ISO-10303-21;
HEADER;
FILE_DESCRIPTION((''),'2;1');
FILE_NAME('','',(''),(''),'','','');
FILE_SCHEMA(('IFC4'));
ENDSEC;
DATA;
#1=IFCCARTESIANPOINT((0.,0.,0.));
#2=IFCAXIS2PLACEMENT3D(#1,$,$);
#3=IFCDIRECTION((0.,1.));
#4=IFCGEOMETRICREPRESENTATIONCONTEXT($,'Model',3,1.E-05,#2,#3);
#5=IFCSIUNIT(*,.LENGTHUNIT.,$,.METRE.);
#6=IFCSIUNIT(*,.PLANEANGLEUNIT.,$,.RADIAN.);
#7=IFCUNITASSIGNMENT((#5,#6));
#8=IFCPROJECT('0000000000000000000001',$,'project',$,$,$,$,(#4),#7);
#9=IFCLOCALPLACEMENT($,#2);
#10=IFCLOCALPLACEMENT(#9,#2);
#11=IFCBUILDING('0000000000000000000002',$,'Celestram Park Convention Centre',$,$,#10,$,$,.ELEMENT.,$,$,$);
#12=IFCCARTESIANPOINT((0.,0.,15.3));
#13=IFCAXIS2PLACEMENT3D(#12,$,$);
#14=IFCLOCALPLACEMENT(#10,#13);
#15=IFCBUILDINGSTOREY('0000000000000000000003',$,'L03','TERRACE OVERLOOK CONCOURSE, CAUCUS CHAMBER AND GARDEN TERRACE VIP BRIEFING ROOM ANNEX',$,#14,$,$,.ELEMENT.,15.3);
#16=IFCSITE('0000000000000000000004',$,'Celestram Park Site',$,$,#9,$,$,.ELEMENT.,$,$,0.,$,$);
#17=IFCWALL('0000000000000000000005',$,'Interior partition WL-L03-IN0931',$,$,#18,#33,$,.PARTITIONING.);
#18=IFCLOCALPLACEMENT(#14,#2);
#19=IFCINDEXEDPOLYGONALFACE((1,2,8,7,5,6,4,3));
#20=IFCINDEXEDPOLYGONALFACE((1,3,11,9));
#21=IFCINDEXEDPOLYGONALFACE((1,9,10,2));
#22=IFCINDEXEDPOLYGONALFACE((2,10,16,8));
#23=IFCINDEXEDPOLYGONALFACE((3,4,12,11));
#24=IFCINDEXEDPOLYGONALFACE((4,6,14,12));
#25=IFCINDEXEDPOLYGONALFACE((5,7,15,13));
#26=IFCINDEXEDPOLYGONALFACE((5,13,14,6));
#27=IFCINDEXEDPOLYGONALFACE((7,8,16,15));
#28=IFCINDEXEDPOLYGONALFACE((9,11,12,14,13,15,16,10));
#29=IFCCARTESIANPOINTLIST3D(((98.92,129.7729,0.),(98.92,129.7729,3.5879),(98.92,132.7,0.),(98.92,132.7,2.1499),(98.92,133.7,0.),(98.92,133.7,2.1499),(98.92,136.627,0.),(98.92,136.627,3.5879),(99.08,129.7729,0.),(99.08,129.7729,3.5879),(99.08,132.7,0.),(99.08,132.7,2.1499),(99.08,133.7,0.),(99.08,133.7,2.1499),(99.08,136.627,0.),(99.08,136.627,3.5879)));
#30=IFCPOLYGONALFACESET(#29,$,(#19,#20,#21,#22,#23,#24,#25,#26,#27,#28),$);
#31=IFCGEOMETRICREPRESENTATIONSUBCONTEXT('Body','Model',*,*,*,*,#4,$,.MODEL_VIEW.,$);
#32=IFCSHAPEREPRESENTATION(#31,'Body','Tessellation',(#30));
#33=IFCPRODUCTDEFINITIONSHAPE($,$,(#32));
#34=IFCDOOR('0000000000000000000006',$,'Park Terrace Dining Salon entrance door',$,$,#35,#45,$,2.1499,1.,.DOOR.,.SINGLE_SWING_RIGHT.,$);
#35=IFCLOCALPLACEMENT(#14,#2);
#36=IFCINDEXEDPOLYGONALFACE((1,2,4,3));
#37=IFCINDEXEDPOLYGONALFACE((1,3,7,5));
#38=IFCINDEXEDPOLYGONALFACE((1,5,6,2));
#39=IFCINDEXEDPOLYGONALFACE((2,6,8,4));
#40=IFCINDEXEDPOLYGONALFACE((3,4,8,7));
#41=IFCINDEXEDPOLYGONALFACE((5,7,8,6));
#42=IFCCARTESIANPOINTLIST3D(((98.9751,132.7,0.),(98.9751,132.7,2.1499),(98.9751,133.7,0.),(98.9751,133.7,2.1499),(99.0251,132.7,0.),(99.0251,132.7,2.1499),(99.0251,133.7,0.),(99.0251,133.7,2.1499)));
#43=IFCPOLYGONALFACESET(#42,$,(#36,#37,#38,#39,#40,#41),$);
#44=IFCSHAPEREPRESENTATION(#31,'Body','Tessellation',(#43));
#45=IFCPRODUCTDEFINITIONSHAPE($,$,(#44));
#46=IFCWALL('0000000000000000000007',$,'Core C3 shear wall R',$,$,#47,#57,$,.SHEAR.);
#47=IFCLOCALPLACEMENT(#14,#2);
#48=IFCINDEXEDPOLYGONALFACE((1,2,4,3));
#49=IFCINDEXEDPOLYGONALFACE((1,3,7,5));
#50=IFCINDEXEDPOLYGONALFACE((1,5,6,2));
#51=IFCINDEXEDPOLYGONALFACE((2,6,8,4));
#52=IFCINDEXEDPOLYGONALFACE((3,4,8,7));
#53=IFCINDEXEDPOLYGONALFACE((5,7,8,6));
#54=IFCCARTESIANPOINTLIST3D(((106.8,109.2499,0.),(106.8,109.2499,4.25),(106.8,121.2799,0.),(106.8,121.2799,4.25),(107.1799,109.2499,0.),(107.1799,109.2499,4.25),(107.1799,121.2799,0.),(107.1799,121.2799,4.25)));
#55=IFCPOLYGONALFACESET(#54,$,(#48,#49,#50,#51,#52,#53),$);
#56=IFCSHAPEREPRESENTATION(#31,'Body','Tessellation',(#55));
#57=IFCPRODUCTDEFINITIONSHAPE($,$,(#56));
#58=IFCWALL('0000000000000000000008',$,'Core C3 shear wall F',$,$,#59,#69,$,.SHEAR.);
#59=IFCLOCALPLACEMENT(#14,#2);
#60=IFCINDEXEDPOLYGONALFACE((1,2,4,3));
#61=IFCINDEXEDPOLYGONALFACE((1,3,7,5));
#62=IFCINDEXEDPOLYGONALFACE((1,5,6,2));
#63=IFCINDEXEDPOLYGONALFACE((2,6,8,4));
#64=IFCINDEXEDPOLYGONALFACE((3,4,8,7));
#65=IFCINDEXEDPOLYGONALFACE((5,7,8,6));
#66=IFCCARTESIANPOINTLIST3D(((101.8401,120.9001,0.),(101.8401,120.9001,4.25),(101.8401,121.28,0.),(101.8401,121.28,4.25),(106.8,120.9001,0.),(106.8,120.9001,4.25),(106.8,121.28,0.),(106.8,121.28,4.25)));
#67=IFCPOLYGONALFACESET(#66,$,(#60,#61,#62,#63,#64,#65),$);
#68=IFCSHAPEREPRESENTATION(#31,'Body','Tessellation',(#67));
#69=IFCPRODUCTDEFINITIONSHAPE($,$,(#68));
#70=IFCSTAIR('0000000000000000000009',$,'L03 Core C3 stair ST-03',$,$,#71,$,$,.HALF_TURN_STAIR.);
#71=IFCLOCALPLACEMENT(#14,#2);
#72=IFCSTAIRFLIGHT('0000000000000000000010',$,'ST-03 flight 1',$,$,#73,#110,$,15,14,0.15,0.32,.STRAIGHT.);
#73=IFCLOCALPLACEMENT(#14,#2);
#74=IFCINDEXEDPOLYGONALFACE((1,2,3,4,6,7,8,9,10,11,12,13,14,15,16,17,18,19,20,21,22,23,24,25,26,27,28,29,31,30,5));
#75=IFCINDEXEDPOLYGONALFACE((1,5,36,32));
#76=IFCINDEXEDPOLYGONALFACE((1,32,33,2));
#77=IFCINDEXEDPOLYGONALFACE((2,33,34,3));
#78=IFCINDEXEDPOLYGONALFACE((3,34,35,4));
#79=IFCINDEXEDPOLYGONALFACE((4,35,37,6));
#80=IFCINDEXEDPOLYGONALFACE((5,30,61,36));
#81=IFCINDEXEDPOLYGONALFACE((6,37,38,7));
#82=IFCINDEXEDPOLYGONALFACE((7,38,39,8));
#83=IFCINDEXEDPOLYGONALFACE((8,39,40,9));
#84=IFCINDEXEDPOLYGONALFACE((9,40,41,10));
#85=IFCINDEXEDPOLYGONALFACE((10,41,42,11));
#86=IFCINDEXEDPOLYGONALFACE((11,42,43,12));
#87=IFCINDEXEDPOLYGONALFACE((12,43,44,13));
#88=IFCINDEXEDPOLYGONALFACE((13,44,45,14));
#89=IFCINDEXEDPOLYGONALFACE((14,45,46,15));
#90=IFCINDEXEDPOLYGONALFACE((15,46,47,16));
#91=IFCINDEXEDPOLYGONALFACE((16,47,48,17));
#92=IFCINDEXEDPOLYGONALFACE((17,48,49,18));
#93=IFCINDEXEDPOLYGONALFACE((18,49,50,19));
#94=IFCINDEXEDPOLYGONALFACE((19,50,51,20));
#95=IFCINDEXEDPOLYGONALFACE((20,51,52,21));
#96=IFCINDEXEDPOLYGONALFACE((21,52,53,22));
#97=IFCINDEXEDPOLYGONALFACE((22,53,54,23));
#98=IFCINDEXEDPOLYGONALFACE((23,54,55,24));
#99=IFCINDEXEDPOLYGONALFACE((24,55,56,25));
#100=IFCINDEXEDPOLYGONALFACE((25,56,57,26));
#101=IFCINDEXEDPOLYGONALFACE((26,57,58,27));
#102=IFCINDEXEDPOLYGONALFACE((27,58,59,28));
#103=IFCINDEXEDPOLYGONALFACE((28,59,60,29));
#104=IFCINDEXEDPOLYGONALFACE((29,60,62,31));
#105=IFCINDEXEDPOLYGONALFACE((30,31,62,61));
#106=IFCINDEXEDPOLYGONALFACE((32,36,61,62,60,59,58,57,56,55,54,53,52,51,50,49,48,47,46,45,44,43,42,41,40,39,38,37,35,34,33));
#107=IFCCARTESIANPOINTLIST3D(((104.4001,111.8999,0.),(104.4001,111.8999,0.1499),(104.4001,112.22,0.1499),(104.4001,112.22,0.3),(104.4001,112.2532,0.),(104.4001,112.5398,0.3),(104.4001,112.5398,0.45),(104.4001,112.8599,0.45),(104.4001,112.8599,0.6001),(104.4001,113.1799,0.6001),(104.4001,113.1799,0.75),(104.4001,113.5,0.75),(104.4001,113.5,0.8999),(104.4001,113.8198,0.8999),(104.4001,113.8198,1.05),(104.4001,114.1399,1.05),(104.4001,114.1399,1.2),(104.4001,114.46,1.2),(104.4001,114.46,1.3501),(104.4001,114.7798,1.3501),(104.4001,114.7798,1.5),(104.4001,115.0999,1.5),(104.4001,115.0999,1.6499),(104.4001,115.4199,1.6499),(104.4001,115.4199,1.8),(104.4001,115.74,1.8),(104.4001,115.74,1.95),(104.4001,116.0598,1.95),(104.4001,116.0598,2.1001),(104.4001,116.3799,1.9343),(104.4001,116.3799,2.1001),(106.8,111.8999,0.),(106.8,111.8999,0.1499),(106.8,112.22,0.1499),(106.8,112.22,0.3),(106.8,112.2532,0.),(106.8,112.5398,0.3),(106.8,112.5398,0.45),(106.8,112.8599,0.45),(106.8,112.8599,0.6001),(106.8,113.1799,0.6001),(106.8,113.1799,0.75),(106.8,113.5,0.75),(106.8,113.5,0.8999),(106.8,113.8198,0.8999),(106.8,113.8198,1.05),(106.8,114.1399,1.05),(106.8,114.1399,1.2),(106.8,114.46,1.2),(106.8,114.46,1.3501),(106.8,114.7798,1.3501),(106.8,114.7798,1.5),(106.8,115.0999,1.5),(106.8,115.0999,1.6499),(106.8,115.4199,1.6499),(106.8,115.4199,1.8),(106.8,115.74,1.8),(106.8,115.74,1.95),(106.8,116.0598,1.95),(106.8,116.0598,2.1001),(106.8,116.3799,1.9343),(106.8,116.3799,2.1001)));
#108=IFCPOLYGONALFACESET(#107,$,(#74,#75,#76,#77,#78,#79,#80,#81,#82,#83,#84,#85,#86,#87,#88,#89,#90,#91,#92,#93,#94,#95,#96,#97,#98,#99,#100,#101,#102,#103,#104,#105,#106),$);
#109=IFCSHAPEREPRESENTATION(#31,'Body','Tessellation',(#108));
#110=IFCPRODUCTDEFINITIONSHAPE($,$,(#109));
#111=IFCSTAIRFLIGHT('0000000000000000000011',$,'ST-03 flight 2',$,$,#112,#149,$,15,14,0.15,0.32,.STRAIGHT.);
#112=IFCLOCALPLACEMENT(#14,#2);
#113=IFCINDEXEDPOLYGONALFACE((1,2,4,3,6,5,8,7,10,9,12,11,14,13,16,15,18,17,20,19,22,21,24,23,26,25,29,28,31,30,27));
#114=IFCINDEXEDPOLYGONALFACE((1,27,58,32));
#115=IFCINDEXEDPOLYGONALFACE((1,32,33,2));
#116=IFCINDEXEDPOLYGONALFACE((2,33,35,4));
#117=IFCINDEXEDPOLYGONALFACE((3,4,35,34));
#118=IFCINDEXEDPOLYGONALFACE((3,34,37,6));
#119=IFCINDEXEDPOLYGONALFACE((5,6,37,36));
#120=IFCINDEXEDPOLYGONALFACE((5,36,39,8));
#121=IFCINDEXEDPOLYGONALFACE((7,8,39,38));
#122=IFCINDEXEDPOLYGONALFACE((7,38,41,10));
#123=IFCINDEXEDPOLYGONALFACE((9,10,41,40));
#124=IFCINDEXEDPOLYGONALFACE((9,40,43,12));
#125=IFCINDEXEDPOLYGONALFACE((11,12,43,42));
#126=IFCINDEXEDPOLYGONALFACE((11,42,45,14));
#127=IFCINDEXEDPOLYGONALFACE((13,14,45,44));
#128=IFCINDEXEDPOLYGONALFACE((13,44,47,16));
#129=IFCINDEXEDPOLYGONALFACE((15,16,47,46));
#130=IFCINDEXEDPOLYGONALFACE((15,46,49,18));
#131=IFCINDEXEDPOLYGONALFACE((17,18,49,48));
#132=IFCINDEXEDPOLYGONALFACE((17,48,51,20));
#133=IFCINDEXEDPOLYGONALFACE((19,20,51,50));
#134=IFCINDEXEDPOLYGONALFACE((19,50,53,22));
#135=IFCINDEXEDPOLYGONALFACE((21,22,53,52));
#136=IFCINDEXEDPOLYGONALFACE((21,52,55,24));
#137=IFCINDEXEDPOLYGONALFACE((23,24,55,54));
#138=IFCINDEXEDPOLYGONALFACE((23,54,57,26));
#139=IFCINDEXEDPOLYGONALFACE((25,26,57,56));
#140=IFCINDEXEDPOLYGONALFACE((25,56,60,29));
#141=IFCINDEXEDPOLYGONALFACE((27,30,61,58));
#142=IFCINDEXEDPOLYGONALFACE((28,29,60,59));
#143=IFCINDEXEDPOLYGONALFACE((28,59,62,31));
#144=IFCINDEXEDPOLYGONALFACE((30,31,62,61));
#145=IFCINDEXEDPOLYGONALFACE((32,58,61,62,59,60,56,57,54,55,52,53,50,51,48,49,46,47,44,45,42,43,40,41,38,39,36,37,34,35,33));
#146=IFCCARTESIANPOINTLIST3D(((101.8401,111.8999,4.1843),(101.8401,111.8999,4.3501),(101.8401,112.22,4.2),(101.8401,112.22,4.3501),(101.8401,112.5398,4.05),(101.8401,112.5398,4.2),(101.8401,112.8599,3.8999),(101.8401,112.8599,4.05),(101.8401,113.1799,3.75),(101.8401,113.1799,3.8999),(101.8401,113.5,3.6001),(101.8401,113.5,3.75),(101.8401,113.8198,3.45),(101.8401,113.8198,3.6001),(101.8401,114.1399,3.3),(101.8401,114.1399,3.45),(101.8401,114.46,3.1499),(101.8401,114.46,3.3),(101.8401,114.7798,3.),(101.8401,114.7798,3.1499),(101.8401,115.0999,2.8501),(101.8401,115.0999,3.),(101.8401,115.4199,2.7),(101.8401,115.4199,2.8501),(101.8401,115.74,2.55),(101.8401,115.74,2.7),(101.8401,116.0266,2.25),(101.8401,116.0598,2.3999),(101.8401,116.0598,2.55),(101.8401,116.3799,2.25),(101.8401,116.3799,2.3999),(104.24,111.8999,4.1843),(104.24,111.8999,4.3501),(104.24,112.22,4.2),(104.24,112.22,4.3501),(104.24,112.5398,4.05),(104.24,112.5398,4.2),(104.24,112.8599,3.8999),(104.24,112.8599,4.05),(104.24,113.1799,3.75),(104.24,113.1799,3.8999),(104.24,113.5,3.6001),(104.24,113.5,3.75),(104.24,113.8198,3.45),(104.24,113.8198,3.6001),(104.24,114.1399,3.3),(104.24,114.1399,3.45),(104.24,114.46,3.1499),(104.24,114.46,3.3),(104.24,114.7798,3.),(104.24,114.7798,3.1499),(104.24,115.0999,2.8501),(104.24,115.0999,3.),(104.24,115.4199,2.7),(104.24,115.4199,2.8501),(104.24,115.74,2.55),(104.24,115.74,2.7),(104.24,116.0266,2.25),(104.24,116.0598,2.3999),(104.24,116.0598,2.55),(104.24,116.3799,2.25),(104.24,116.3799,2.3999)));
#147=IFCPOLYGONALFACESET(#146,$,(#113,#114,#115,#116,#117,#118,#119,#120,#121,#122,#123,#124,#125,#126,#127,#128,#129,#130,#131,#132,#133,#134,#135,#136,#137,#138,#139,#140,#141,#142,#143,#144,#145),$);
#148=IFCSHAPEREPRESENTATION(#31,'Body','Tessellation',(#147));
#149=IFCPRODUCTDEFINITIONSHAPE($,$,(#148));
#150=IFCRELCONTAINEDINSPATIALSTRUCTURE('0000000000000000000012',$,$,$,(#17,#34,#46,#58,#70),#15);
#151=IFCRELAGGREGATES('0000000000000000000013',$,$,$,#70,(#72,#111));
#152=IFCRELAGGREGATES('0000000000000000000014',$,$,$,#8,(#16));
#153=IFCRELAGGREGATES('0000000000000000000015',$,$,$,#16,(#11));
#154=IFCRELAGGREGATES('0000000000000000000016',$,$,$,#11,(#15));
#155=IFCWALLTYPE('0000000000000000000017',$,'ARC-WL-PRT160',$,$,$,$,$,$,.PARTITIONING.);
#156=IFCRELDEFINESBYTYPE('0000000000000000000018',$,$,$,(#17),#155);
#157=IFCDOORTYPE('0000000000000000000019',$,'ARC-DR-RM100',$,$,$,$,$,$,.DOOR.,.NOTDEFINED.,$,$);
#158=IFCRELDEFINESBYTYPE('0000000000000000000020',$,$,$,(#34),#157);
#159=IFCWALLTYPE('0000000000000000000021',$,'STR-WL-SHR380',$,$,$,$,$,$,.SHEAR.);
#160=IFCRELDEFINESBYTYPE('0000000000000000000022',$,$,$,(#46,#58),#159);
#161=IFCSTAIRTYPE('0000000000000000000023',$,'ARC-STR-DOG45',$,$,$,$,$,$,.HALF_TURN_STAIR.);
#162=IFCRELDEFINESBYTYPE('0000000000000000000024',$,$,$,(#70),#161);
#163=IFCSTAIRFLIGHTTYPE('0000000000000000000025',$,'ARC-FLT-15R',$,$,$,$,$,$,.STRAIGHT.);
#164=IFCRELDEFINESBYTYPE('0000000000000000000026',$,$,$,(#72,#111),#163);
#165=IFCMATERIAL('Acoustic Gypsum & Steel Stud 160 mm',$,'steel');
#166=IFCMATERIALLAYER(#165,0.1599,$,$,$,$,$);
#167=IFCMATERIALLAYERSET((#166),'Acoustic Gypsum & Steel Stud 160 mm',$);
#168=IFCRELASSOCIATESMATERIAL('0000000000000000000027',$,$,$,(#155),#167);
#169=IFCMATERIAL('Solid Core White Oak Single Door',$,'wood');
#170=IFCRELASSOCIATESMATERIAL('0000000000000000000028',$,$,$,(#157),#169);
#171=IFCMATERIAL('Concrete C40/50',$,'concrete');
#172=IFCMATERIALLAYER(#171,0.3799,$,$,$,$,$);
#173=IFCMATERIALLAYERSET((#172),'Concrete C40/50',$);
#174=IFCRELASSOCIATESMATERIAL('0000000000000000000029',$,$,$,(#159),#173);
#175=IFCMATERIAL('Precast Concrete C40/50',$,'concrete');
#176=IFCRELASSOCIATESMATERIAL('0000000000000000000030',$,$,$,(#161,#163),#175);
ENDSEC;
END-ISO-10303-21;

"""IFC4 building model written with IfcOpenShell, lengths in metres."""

from ifc_helpers import new_model, si_unit, direction, frame, frame_2d, origin, place, context, subcontext, project, spatial, polyline, rectangle, outline, extrude, material, layer, layer_set, type_object, element, fill, aggregate, save


model = new_model("IFC4")

# Units and contexts
model_context = context("Model", 3, precision=1e-05, world=origin(), true_north=direction((0.0, 1.0)))
body_context = subcontext(model_context, "Body", "Model", "MODEL_VIEW")
ifc_project = project(units=[si_unit("LENGTHUNIT", "METRE"), si_unit("PLANEANGLEUNIT", "RADIAN")], contexts=[model_context])

# Site, building, storey
site_placement = place(None, origin())
site = spatial("IfcSite", under=ifc_project, at=site_placement, Name="Celestram Park Site", CompositionType="ELEMENT", RefElevation=0.0)
building_placement = place(site_placement, origin())
building = spatial("IfcBuilding", under=site, at=building_placement, Name="Celestram Park Convention Centre", CompositionType="ELEMENT")
storey_placement = place(building_placement, frame((0.0, 0.0, 15.3)))
storey = spatial("IfcBuildingStorey", under=building, at=storey_placement, Name="L03", Description="TERRACE OVERLOOK CONCOURSE, CAUCUS CHAMBER AND GARDEN TERRACE VIP BRIEFING ROOM ANNEX", CompositionType="ELEMENT", Elevation=15.3)

# Wall, opening, door
ifc_material_1 = material(Name="Acoustic Gypsum & Steel Stud 160 mm", Category="steel")
ifc_layer_1 = layer(ifc_material_1, 0.1599)
ifc_layer_set_1 = layer_set([ifc_layer_1], Name="Acoustic Gypsum & Steel Stud 160 mm")
wall_type_1 = type_object("IfcWallType", Name="ARC-WL-PRT160", PredefinedType="PARTITIONING", material=ifc_layer_set_1)
wall_1_placement = place(storey_placement, frame((99.0, 129.7729, 0.0), z_axis=(0.0, 0.0, 1.0), x_axis=(0.0, 1.0, 0.0)))
wall_1 = element("IfcWall", 1, at=wall_1_placement, inside=storey, type_object=wall_type_1, Name="Interior partition WL-L03-IN0931", PredefinedType="PARTITIONING", context=body_context, shape_type="SweptSolid", body=[
    extrude(rectangle(XDim=6.854, YDim=0.1599, at=frame_2d((3.427, 0.0))), origin(), (0.0, 0.0, 1.0), 3.5879),
])
opening_placement = place(wall_1_placement, frame((2.927, 0.0, 0.0)))
opening = element("IfcOpeningElement", 2, at=opening_placement, cuts=wall_1, PredefinedType="OPENING", context=body_context, shape_type="SweptSolid", body=[
    extrude(rectangle(XDim=1.0, YDim=2.1499, at=frame_2d((0.5, 1.075))), frame((0.0, 0.0898, 0.0), z_axis=(0.0, -1.0, 0.0), x_axis=(1.0, 0.0, 0.0)), (0.0, 0.0, 1.0), 0.1799),
])
ifc_material_2 = material(Name="Solid Core White Oak Single Door", Category="wood")
door_type = type_object("IfcDoorType", Name="ARC-DR-RM100", OperationType="NOTDEFINED", PredefinedType="DOOR", material=ifc_material_2)
door_placement = place(opening_placement, origin())
door = element("IfcDoor", 3, at=door_placement, inside=storey, type_object=door_type, Name="Park Terrace Dining Salon entrance door", OperationType="SINGLE_SWING_RIGHT", OverallHeight=2.1499, OverallWidth=1.0, PredefinedType="DOOR", context=body_context, shape_type="SweptSolid", body=[
    extrude(rectangle(XDim=1.0, YDim=2.1499, at=frame_2d((0.5, 1.075))), frame((0.0, 0.0249, 0.0), z_axis=(0.0, -1.0, 0.0), x_axis=(1.0, 0.0, 0.0)), (0.0, 0.0, 1.0), 0.05),
])
fill(opening, door)

# Walls
ifc_material_3 = material(Name="Concrete C40/50", Category="concrete")
ifc_layer_2 = layer(ifc_material_3, 0.3799)
ifc_layer_set_2 = layer_set([ifc_layer_2], Name="Concrete C40/50")
wall_type_2 = type_object("IfcWallType", Name="STR-WL-SHR380", PredefinedType="SHEAR", material=ifc_layer_set_2)
wall_2_placement = place(storey_placement, frame((106.99, 121.28, 0.0), z_axis=(0.0, 0.0, 1.0), x_axis=(0.0, -1.0, 0.0)))
element("IfcWall", 4, at=wall_2_placement, inside=storey, type_object=wall_type_2, Name="Core C3 shear wall R", PredefinedType="SHEAR", context=body_context, shape_type="SweptSolid", body=[
    extrude(rectangle(XDim=12.03, YDim=0.3799, at=frame_2d((6.0151, 0.0))), origin(), (0.0, 0.0, 1.0), 4.25),
])
wall_3_placement = place(storey_placement, frame((101.8401, 121.0901, 0.0), z_axis=(0.0, 0.0, 1.0), x_axis=(1.0, 0.0, 0.0)))
element("IfcWall", 5, at=wall_3_placement, inside=storey, type_object=wall_type_2, Name="Core C3 shear wall F", PredefinedType="SHEAR", context=body_context, shape_type="SweptSolid", body=[
    extrude(rectangle(XDim=4.96, YDim=0.3799, at=frame_2d((2.48, 0.0))), origin(), (0.0, 0.0, 1.0), 4.25),
])

# Stair, stair flights
ifc_material_4 = material(Name="Precast Concrete C40/50", Category="concrete")
stair_type = type_object("IfcStairType", Name="ARC-STR-DOG45", PredefinedType="HALF_TURN_STAIR", material=ifc_material_4)
stair_placement = place(storey_placement, origin())
stair = element("IfcStair", 6, at=stair_placement, inside=storey, type_object=stair_type, Name="L03 Core C3 stair ST-03", PredefinedType="HALF_TURN_STAIR")
stair_flight_type = type_object("IfcStairFlightType", Name="ARC-FLT-15R", PredefinedType="STRAIGHT", material=ifc_material_4)
stair_flight_1_placement = place(storey_placement, frame((105.6001, 111.8999, 0.0), z_axis=(0.0, 0.0, 1.0), x_axis=(0.0, 1.0, 0.0)))
stair_flight_1 = element("IfcStairFlight", 7, at=stair_flight_1_placement, type_object=stair_flight_type, Name="ST-03 flight 1", NumberOfRisers=15, NumberOfTreads=14, PredefinedType="STRAIGHT", RiserHeight=0.15, TreadLength=0.32, context=body_context, shape_type="SweptSolid", body=[
    extrude(outline(polyline([(0.0, 0.0), (0.0, 0.1499), (0.3201, 0.1499), (0.3201, 0.3), (0.6399, 0.3), (0.6399, 0.45), (0.96, 0.45), (0.96, 0.6001), (1.28, 0.6001), (1.28, 0.75), (1.6001, 0.75), (1.6001, 0.8999), (1.9199, 0.8999), (1.9199, 1.05), (2.24, 1.05), (2.24, 1.2), (2.5601, 1.2), (2.5601, 1.3501), (2.8799, 1.3501), (2.8799, 1.5), (3.2, 1.5), (3.2, 1.6499), (3.52, 1.6499), (3.52, 1.8), (3.8401, 1.8), (3.8401, 1.95), (4.1599, 1.95), (4.1599, 2.1001), (4.48, 2.1001), (4.48, 2.25), (4.48, 1.9343), (0.3533, 0.0), (0.0, 0.0)])), frame((0.0, 1.2, 0.0), z_axis=(0.0, -1.0, 0.0), x_axis=(1.0, 0.0, 0.0)), (0.0, 0.0, 1.0), 2.3999),
])
stair_flight_2_placement = place(storey_placement, frame((103.04, 116.3799, 2.25), z_axis=(0.0, 0.0, 1.0), x_axis=(0.0, -1.0, 0.0)))
stair_flight_2 = element("IfcStairFlight", 8, at=stair_flight_2_placement, type_object=stair_flight_type, Name="ST-03 flight 2", NumberOfRisers=15, NumberOfTreads=14, PredefinedType="STRAIGHT", RiserHeight=0.15, TreadLength=0.32, context=body_context, shape_type="SweptSolid", body=[
    extrude(outline(polyline([(0.0, 0.0), (0.0, 0.1499), (0.3201, 0.1499), (0.3201, 0.3), (0.6399, 0.3), (0.6399, 0.45), (0.96, 0.45), (0.96, 0.6001), (1.28, 0.6001), (1.28, 0.75), (1.6001, 0.75), (1.6001, 0.8999), (1.9199, 0.8999), (1.9199, 1.05), (2.24, 1.05), (2.24, 1.2), (2.5601, 1.2), (2.5601, 1.3501), (2.8799, 1.3501), (2.8799, 1.5), (3.2, 1.5), (3.2, 1.6499), (3.52, 1.6499), (3.52, 1.8), (3.8401, 1.8), (3.8401, 1.95), (4.1599, 1.95), (4.1599, 2.1001), (4.48, 2.1001), (4.48, 2.25), (4.48, 1.9343), (0.3533, 0.0), (0.0, 0.0)])), frame((0.0, 1.2, 0.0), z_axis=(0.0, -1.0, 0.0), x_axis=(1.0, 0.0, 0.0)), (0.0, 0.0, 1.0), 2.3999),
])
aggregate(stair, [stair_flight_1, stair_flight_2])

save(model, "model.ifc")
